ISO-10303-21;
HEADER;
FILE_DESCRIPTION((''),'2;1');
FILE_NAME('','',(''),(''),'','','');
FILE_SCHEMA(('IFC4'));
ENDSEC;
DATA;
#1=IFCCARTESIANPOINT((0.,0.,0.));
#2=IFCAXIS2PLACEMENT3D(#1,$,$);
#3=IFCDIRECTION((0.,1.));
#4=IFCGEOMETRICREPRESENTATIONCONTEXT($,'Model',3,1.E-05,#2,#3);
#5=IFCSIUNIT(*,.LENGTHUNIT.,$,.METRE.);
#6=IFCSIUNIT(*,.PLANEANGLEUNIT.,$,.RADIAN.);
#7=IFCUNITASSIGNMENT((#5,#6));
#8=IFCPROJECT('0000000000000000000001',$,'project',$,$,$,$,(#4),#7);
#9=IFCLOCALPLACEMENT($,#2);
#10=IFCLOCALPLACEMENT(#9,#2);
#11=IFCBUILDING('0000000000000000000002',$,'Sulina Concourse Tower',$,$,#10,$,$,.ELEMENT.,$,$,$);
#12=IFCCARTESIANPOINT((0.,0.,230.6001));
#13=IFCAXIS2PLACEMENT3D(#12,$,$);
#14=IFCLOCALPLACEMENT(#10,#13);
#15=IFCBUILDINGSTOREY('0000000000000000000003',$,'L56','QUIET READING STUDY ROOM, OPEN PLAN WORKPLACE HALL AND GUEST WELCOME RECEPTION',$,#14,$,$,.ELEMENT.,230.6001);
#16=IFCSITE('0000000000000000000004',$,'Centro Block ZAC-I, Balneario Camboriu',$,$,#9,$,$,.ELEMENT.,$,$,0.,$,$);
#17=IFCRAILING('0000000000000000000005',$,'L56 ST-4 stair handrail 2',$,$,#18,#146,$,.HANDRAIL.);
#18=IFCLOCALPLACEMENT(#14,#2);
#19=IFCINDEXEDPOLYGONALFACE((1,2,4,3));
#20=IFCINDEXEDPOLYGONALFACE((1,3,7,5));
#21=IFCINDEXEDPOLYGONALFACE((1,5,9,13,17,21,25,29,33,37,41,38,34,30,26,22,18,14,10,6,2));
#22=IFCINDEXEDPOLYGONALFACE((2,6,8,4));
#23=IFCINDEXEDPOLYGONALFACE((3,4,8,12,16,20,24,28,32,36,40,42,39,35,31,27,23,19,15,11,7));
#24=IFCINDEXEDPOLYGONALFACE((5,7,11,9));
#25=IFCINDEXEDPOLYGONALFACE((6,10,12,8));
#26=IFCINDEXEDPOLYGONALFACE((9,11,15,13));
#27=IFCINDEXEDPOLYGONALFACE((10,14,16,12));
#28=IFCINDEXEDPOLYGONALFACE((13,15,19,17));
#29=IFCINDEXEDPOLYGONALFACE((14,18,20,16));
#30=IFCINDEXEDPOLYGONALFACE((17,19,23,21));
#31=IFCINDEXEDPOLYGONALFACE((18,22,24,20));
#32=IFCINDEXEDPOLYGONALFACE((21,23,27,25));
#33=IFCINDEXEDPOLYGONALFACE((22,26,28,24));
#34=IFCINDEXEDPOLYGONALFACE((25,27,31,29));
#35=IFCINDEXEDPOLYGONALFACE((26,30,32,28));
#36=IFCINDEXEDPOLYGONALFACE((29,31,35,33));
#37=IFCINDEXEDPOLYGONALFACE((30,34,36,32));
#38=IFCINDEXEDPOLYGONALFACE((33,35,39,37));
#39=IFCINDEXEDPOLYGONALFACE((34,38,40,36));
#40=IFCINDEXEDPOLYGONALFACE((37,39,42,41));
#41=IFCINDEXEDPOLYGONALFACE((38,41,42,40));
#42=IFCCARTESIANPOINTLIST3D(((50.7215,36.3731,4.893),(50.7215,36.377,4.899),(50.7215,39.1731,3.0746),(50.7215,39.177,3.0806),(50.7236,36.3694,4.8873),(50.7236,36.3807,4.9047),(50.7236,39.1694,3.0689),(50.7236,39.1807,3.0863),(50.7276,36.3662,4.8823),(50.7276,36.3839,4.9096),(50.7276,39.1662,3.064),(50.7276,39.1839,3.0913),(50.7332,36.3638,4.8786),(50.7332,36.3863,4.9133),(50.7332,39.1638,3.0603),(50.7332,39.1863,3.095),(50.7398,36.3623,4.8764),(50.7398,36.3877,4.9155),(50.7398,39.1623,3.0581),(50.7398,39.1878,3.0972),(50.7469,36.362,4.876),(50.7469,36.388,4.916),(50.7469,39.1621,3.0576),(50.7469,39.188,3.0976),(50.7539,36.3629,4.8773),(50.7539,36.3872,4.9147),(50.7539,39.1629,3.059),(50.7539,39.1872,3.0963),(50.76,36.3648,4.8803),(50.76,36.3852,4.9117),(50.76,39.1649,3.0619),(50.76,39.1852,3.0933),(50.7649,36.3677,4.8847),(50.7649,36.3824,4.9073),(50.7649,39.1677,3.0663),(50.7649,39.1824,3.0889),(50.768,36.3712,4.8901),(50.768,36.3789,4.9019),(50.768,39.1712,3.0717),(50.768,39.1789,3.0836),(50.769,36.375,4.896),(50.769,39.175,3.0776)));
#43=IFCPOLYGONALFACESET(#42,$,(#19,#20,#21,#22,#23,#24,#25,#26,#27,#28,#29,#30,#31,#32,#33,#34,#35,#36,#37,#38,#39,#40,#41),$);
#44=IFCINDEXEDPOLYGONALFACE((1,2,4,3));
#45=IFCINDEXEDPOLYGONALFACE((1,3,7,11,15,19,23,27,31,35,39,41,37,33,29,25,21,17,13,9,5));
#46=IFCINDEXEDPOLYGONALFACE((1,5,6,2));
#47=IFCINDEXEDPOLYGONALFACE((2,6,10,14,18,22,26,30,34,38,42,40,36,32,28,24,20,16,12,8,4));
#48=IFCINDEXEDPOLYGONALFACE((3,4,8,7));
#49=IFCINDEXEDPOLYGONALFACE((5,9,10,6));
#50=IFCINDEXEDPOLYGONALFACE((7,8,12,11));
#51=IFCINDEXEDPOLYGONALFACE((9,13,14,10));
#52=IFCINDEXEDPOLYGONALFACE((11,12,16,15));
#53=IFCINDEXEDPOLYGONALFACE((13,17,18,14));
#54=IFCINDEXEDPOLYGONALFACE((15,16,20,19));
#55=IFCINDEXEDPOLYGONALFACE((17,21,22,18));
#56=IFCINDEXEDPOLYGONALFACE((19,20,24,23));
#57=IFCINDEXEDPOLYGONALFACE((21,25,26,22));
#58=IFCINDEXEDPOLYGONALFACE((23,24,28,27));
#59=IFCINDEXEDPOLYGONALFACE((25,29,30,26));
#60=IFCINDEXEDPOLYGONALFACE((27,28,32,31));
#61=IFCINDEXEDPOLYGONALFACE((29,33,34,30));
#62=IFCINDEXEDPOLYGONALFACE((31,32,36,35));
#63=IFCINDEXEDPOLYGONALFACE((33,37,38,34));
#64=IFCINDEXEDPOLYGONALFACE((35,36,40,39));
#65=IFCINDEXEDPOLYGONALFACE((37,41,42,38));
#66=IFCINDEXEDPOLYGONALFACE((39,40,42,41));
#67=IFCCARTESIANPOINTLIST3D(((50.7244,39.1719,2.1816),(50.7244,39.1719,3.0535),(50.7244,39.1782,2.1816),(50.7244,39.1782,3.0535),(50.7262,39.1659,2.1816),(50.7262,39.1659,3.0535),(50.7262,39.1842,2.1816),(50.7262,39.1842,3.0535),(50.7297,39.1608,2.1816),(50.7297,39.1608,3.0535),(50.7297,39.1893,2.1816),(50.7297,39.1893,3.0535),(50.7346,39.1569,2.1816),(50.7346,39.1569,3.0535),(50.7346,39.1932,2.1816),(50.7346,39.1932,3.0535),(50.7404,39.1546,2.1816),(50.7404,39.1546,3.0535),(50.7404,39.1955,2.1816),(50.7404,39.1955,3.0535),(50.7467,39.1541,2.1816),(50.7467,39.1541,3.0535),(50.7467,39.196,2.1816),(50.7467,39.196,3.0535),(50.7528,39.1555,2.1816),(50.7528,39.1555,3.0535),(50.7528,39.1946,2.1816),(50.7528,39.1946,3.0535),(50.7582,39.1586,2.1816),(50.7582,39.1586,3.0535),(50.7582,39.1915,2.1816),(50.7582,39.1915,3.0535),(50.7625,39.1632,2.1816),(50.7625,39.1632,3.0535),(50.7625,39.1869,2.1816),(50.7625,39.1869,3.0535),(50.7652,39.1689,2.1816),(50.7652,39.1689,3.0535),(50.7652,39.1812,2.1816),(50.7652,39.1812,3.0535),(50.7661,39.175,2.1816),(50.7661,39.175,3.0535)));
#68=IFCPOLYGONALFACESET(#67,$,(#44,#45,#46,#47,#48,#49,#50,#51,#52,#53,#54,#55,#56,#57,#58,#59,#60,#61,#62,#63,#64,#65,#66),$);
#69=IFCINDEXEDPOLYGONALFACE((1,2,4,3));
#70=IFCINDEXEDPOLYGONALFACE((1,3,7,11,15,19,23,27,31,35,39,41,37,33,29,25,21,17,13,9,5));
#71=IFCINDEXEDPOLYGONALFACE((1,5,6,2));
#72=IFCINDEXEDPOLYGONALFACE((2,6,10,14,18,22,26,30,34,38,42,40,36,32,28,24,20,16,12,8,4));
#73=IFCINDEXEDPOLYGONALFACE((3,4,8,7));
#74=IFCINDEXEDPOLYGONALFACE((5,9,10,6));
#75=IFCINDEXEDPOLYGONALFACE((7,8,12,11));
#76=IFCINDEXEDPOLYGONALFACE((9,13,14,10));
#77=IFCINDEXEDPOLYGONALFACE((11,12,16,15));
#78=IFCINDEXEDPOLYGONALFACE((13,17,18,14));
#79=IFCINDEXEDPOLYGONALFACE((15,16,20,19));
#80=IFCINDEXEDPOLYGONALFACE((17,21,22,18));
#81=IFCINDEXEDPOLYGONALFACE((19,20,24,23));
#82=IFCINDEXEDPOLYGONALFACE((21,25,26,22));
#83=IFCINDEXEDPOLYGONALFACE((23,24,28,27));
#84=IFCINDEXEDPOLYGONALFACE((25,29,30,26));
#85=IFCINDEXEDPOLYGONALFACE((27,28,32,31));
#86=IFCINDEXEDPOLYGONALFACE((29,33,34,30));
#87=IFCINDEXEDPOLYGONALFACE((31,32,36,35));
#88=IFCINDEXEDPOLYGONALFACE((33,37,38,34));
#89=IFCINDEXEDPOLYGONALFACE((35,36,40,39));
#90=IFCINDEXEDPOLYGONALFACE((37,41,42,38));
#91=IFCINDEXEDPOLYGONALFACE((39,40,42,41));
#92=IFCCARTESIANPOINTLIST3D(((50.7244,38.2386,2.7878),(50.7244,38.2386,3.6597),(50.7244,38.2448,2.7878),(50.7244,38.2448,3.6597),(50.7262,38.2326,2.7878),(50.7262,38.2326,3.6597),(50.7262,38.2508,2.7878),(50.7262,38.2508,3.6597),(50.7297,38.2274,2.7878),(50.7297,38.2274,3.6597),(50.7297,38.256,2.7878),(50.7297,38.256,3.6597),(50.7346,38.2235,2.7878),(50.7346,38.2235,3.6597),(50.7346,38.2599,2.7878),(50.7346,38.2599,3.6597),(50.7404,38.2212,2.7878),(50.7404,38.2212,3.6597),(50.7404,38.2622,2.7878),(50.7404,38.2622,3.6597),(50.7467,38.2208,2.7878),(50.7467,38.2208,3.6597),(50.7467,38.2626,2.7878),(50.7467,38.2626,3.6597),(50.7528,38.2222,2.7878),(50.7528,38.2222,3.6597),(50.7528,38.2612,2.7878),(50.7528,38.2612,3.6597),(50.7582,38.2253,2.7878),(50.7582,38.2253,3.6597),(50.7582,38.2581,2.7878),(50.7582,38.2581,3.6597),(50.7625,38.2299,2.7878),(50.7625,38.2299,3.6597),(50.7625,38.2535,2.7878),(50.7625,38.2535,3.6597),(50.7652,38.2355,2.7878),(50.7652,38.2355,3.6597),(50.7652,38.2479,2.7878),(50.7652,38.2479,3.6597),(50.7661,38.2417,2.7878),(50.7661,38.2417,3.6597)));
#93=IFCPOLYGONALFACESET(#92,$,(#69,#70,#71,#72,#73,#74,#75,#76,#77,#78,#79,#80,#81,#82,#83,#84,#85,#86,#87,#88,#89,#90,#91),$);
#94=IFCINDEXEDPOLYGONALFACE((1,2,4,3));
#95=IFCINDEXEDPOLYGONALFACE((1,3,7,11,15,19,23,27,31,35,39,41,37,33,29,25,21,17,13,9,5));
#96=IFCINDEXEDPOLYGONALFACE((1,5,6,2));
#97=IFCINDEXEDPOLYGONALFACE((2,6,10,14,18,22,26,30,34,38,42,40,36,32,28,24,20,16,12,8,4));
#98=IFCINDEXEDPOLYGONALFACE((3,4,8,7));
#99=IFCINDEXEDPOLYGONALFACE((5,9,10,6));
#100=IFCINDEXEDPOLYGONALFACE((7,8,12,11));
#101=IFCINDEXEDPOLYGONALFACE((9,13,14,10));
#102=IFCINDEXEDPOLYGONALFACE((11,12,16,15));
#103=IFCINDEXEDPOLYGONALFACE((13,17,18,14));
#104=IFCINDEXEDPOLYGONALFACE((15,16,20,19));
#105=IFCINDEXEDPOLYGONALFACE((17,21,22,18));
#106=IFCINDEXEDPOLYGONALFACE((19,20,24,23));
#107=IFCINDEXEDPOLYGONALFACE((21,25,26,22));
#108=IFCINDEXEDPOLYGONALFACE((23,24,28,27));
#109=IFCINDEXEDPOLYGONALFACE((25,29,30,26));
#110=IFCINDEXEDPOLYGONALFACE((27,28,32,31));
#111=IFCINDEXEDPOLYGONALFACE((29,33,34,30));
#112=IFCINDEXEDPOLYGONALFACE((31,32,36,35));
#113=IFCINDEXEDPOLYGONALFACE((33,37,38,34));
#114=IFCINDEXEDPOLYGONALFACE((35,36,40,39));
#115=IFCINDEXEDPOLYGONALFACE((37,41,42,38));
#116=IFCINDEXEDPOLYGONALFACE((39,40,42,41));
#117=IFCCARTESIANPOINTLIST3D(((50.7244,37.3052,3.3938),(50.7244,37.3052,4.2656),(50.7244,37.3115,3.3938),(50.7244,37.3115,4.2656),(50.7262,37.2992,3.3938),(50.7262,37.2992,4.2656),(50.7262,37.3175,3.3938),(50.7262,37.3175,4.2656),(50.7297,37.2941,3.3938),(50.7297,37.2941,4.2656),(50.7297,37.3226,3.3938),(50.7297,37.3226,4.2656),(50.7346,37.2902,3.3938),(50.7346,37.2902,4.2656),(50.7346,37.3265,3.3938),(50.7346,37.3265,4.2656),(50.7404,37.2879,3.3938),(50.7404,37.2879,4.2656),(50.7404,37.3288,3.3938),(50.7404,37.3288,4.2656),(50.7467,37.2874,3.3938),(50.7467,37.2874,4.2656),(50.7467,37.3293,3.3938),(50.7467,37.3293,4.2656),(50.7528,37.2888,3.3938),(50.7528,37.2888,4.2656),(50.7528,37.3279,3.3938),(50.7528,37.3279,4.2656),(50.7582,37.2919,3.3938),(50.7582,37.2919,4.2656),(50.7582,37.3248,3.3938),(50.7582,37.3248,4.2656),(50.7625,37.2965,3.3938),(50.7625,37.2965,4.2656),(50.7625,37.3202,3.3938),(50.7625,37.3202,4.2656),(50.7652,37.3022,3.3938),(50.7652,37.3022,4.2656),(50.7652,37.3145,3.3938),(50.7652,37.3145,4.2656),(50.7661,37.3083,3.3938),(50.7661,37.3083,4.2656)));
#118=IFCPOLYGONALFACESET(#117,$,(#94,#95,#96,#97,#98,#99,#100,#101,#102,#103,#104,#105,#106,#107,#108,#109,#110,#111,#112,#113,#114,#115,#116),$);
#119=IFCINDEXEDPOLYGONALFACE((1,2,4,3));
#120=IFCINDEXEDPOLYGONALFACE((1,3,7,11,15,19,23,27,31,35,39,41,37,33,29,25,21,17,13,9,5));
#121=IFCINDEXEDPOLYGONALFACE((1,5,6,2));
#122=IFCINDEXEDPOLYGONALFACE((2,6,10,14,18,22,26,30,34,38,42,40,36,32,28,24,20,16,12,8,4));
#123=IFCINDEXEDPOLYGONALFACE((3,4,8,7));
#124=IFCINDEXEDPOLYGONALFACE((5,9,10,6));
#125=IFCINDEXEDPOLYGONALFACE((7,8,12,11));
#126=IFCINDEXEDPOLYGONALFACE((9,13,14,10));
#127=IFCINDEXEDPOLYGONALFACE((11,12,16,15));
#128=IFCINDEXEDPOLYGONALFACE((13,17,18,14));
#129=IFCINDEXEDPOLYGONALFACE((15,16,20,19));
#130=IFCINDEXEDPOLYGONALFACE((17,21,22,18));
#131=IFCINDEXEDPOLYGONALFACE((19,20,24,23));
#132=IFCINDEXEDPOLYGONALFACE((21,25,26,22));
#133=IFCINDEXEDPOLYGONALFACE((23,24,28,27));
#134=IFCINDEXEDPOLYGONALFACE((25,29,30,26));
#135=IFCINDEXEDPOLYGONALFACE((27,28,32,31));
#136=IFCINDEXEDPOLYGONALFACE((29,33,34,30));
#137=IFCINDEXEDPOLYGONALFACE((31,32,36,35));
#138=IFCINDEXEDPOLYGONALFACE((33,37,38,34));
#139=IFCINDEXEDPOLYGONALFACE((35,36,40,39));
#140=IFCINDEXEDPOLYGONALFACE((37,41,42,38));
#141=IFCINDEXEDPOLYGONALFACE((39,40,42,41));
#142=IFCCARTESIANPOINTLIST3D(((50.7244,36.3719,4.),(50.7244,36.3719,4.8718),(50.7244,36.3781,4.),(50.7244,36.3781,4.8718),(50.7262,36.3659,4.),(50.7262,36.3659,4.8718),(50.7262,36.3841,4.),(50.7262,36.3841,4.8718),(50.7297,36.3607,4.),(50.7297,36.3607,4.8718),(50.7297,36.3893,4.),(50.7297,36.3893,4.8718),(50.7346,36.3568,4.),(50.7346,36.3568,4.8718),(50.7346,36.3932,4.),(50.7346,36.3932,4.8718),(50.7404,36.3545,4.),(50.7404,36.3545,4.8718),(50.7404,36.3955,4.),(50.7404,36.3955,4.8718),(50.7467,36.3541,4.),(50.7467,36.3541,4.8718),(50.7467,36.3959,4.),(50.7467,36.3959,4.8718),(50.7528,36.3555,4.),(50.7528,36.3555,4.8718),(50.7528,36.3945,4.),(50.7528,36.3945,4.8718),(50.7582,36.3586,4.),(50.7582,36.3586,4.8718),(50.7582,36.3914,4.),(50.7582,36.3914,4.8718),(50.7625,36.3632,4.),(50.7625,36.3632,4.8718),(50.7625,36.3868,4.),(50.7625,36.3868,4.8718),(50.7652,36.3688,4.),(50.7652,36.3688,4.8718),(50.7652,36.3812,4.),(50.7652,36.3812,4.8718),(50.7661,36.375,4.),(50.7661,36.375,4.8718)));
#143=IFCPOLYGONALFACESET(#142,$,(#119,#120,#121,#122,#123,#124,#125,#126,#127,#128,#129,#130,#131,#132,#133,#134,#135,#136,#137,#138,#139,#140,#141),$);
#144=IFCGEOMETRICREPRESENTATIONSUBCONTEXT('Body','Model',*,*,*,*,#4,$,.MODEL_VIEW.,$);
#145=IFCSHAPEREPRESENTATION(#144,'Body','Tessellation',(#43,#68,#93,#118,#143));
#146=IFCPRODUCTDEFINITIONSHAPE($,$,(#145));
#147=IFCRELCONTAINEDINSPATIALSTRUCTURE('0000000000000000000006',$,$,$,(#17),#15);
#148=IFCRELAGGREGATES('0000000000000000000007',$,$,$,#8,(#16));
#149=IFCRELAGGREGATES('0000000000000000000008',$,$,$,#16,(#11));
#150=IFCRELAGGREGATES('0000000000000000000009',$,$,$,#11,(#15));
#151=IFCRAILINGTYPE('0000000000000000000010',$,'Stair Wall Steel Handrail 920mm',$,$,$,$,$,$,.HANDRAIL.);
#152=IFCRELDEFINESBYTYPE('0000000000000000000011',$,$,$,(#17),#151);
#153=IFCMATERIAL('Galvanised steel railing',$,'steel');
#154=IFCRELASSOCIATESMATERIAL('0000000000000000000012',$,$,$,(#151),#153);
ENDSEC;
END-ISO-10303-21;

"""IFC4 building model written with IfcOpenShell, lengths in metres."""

from ifc_helpers import new_model, si_unit, direction, frame, origin, origin_2d, place, context, subcontext, project, spatial, circle, extrude, material, type_object, element, save


model = new_model("IFC4")

# Units and contexts
model_context = context("Model", 3, precision=1e-05, world=origin(), true_north=direction((0.0, 1.0)))
body_context = subcontext(model_context, "Body", "Model", "MODEL_VIEW")
ifc_project = project(units=[si_unit("LENGTHUNIT", "METRE"), si_unit("PLANEANGLEUNIT", "RADIAN")], contexts=[model_context])

# Site, building, storey
site_placement = place(None, origin())
site = spatial("IfcSite", under=ifc_project, at=site_placement, Name="Centro Block ZAC-I, Balneario Camboriu", CompositionType="ELEMENT", RefElevation=0.0)
building_placement = place(site_placement, origin())
building = spatial("IfcBuilding", under=site, at=building_placement, Name="Sulina Concourse Tower", CompositionType="ELEMENT")
storey_placement = place(building_placement, frame((0.0, 0.0, 230.6001)))
storey = spatial("IfcBuildingStorey", under=building, at=storey_placement, Name="L56", Description="QUIET READING STUDY ROOM, OPEN PLAN WORKPLACE HALL AND GUEST WELCOME RECEPTION", CompositionType="ELEMENT", Elevation=230.6001)

# Railing
ifc_material_1 = material(Name="Galvanised steel railing", Category="steel")
railing_type_1 = type_object("IfcRailingType", Name="Stair Wall Steel Handrail 920mm", PredefinedType="HANDRAIL", material=ifc_material_1)
railing_1_placement = place(storey_placement, frame((50.7451, 39.175, 2.1816)))
element("IfcRailing", 1, at=railing_1_placement, inside=storey, type_object=railing_type_1, Name="L56 ST-4 stair handrail 2", PredefinedType="HANDRAIL", context=body_context, shape_type="SweptSolid", body=[
    extrude(circle(Radius=0.0239, at=origin_2d()), frame((0.0, 0.0, 0.896), z_axis=(0.0, -0.838672, 0.544636), x_axis=(1.0, 0.0, 0.0)), (0.0, 0.0, 1.0), 3.3386),
    extrude(circle(Radius=0.021, at=origin_2d()), origin(), (0.0, 0.0, 1.0), 0.8718),
    extrude(circle(Radius=0.021, at=origin_2d()), frame((0.0, -0.9333, 0.6062)), (0.0, 0.0, 1.0), 0.8718),
    extrude(circle(Radius=0.021, at=origin_2d()), frame((0.0, -1.8667, 1.2122)), (0.0, 0.0, 1.0), 0.8718),
    extrude(circle(Radius=0.021, at=origin_2d()), frame((0.0, -2.8, 1.8184)), (0.0, 0.0, 1.0), 0.8718),
])

save(model, "model.ifc")
